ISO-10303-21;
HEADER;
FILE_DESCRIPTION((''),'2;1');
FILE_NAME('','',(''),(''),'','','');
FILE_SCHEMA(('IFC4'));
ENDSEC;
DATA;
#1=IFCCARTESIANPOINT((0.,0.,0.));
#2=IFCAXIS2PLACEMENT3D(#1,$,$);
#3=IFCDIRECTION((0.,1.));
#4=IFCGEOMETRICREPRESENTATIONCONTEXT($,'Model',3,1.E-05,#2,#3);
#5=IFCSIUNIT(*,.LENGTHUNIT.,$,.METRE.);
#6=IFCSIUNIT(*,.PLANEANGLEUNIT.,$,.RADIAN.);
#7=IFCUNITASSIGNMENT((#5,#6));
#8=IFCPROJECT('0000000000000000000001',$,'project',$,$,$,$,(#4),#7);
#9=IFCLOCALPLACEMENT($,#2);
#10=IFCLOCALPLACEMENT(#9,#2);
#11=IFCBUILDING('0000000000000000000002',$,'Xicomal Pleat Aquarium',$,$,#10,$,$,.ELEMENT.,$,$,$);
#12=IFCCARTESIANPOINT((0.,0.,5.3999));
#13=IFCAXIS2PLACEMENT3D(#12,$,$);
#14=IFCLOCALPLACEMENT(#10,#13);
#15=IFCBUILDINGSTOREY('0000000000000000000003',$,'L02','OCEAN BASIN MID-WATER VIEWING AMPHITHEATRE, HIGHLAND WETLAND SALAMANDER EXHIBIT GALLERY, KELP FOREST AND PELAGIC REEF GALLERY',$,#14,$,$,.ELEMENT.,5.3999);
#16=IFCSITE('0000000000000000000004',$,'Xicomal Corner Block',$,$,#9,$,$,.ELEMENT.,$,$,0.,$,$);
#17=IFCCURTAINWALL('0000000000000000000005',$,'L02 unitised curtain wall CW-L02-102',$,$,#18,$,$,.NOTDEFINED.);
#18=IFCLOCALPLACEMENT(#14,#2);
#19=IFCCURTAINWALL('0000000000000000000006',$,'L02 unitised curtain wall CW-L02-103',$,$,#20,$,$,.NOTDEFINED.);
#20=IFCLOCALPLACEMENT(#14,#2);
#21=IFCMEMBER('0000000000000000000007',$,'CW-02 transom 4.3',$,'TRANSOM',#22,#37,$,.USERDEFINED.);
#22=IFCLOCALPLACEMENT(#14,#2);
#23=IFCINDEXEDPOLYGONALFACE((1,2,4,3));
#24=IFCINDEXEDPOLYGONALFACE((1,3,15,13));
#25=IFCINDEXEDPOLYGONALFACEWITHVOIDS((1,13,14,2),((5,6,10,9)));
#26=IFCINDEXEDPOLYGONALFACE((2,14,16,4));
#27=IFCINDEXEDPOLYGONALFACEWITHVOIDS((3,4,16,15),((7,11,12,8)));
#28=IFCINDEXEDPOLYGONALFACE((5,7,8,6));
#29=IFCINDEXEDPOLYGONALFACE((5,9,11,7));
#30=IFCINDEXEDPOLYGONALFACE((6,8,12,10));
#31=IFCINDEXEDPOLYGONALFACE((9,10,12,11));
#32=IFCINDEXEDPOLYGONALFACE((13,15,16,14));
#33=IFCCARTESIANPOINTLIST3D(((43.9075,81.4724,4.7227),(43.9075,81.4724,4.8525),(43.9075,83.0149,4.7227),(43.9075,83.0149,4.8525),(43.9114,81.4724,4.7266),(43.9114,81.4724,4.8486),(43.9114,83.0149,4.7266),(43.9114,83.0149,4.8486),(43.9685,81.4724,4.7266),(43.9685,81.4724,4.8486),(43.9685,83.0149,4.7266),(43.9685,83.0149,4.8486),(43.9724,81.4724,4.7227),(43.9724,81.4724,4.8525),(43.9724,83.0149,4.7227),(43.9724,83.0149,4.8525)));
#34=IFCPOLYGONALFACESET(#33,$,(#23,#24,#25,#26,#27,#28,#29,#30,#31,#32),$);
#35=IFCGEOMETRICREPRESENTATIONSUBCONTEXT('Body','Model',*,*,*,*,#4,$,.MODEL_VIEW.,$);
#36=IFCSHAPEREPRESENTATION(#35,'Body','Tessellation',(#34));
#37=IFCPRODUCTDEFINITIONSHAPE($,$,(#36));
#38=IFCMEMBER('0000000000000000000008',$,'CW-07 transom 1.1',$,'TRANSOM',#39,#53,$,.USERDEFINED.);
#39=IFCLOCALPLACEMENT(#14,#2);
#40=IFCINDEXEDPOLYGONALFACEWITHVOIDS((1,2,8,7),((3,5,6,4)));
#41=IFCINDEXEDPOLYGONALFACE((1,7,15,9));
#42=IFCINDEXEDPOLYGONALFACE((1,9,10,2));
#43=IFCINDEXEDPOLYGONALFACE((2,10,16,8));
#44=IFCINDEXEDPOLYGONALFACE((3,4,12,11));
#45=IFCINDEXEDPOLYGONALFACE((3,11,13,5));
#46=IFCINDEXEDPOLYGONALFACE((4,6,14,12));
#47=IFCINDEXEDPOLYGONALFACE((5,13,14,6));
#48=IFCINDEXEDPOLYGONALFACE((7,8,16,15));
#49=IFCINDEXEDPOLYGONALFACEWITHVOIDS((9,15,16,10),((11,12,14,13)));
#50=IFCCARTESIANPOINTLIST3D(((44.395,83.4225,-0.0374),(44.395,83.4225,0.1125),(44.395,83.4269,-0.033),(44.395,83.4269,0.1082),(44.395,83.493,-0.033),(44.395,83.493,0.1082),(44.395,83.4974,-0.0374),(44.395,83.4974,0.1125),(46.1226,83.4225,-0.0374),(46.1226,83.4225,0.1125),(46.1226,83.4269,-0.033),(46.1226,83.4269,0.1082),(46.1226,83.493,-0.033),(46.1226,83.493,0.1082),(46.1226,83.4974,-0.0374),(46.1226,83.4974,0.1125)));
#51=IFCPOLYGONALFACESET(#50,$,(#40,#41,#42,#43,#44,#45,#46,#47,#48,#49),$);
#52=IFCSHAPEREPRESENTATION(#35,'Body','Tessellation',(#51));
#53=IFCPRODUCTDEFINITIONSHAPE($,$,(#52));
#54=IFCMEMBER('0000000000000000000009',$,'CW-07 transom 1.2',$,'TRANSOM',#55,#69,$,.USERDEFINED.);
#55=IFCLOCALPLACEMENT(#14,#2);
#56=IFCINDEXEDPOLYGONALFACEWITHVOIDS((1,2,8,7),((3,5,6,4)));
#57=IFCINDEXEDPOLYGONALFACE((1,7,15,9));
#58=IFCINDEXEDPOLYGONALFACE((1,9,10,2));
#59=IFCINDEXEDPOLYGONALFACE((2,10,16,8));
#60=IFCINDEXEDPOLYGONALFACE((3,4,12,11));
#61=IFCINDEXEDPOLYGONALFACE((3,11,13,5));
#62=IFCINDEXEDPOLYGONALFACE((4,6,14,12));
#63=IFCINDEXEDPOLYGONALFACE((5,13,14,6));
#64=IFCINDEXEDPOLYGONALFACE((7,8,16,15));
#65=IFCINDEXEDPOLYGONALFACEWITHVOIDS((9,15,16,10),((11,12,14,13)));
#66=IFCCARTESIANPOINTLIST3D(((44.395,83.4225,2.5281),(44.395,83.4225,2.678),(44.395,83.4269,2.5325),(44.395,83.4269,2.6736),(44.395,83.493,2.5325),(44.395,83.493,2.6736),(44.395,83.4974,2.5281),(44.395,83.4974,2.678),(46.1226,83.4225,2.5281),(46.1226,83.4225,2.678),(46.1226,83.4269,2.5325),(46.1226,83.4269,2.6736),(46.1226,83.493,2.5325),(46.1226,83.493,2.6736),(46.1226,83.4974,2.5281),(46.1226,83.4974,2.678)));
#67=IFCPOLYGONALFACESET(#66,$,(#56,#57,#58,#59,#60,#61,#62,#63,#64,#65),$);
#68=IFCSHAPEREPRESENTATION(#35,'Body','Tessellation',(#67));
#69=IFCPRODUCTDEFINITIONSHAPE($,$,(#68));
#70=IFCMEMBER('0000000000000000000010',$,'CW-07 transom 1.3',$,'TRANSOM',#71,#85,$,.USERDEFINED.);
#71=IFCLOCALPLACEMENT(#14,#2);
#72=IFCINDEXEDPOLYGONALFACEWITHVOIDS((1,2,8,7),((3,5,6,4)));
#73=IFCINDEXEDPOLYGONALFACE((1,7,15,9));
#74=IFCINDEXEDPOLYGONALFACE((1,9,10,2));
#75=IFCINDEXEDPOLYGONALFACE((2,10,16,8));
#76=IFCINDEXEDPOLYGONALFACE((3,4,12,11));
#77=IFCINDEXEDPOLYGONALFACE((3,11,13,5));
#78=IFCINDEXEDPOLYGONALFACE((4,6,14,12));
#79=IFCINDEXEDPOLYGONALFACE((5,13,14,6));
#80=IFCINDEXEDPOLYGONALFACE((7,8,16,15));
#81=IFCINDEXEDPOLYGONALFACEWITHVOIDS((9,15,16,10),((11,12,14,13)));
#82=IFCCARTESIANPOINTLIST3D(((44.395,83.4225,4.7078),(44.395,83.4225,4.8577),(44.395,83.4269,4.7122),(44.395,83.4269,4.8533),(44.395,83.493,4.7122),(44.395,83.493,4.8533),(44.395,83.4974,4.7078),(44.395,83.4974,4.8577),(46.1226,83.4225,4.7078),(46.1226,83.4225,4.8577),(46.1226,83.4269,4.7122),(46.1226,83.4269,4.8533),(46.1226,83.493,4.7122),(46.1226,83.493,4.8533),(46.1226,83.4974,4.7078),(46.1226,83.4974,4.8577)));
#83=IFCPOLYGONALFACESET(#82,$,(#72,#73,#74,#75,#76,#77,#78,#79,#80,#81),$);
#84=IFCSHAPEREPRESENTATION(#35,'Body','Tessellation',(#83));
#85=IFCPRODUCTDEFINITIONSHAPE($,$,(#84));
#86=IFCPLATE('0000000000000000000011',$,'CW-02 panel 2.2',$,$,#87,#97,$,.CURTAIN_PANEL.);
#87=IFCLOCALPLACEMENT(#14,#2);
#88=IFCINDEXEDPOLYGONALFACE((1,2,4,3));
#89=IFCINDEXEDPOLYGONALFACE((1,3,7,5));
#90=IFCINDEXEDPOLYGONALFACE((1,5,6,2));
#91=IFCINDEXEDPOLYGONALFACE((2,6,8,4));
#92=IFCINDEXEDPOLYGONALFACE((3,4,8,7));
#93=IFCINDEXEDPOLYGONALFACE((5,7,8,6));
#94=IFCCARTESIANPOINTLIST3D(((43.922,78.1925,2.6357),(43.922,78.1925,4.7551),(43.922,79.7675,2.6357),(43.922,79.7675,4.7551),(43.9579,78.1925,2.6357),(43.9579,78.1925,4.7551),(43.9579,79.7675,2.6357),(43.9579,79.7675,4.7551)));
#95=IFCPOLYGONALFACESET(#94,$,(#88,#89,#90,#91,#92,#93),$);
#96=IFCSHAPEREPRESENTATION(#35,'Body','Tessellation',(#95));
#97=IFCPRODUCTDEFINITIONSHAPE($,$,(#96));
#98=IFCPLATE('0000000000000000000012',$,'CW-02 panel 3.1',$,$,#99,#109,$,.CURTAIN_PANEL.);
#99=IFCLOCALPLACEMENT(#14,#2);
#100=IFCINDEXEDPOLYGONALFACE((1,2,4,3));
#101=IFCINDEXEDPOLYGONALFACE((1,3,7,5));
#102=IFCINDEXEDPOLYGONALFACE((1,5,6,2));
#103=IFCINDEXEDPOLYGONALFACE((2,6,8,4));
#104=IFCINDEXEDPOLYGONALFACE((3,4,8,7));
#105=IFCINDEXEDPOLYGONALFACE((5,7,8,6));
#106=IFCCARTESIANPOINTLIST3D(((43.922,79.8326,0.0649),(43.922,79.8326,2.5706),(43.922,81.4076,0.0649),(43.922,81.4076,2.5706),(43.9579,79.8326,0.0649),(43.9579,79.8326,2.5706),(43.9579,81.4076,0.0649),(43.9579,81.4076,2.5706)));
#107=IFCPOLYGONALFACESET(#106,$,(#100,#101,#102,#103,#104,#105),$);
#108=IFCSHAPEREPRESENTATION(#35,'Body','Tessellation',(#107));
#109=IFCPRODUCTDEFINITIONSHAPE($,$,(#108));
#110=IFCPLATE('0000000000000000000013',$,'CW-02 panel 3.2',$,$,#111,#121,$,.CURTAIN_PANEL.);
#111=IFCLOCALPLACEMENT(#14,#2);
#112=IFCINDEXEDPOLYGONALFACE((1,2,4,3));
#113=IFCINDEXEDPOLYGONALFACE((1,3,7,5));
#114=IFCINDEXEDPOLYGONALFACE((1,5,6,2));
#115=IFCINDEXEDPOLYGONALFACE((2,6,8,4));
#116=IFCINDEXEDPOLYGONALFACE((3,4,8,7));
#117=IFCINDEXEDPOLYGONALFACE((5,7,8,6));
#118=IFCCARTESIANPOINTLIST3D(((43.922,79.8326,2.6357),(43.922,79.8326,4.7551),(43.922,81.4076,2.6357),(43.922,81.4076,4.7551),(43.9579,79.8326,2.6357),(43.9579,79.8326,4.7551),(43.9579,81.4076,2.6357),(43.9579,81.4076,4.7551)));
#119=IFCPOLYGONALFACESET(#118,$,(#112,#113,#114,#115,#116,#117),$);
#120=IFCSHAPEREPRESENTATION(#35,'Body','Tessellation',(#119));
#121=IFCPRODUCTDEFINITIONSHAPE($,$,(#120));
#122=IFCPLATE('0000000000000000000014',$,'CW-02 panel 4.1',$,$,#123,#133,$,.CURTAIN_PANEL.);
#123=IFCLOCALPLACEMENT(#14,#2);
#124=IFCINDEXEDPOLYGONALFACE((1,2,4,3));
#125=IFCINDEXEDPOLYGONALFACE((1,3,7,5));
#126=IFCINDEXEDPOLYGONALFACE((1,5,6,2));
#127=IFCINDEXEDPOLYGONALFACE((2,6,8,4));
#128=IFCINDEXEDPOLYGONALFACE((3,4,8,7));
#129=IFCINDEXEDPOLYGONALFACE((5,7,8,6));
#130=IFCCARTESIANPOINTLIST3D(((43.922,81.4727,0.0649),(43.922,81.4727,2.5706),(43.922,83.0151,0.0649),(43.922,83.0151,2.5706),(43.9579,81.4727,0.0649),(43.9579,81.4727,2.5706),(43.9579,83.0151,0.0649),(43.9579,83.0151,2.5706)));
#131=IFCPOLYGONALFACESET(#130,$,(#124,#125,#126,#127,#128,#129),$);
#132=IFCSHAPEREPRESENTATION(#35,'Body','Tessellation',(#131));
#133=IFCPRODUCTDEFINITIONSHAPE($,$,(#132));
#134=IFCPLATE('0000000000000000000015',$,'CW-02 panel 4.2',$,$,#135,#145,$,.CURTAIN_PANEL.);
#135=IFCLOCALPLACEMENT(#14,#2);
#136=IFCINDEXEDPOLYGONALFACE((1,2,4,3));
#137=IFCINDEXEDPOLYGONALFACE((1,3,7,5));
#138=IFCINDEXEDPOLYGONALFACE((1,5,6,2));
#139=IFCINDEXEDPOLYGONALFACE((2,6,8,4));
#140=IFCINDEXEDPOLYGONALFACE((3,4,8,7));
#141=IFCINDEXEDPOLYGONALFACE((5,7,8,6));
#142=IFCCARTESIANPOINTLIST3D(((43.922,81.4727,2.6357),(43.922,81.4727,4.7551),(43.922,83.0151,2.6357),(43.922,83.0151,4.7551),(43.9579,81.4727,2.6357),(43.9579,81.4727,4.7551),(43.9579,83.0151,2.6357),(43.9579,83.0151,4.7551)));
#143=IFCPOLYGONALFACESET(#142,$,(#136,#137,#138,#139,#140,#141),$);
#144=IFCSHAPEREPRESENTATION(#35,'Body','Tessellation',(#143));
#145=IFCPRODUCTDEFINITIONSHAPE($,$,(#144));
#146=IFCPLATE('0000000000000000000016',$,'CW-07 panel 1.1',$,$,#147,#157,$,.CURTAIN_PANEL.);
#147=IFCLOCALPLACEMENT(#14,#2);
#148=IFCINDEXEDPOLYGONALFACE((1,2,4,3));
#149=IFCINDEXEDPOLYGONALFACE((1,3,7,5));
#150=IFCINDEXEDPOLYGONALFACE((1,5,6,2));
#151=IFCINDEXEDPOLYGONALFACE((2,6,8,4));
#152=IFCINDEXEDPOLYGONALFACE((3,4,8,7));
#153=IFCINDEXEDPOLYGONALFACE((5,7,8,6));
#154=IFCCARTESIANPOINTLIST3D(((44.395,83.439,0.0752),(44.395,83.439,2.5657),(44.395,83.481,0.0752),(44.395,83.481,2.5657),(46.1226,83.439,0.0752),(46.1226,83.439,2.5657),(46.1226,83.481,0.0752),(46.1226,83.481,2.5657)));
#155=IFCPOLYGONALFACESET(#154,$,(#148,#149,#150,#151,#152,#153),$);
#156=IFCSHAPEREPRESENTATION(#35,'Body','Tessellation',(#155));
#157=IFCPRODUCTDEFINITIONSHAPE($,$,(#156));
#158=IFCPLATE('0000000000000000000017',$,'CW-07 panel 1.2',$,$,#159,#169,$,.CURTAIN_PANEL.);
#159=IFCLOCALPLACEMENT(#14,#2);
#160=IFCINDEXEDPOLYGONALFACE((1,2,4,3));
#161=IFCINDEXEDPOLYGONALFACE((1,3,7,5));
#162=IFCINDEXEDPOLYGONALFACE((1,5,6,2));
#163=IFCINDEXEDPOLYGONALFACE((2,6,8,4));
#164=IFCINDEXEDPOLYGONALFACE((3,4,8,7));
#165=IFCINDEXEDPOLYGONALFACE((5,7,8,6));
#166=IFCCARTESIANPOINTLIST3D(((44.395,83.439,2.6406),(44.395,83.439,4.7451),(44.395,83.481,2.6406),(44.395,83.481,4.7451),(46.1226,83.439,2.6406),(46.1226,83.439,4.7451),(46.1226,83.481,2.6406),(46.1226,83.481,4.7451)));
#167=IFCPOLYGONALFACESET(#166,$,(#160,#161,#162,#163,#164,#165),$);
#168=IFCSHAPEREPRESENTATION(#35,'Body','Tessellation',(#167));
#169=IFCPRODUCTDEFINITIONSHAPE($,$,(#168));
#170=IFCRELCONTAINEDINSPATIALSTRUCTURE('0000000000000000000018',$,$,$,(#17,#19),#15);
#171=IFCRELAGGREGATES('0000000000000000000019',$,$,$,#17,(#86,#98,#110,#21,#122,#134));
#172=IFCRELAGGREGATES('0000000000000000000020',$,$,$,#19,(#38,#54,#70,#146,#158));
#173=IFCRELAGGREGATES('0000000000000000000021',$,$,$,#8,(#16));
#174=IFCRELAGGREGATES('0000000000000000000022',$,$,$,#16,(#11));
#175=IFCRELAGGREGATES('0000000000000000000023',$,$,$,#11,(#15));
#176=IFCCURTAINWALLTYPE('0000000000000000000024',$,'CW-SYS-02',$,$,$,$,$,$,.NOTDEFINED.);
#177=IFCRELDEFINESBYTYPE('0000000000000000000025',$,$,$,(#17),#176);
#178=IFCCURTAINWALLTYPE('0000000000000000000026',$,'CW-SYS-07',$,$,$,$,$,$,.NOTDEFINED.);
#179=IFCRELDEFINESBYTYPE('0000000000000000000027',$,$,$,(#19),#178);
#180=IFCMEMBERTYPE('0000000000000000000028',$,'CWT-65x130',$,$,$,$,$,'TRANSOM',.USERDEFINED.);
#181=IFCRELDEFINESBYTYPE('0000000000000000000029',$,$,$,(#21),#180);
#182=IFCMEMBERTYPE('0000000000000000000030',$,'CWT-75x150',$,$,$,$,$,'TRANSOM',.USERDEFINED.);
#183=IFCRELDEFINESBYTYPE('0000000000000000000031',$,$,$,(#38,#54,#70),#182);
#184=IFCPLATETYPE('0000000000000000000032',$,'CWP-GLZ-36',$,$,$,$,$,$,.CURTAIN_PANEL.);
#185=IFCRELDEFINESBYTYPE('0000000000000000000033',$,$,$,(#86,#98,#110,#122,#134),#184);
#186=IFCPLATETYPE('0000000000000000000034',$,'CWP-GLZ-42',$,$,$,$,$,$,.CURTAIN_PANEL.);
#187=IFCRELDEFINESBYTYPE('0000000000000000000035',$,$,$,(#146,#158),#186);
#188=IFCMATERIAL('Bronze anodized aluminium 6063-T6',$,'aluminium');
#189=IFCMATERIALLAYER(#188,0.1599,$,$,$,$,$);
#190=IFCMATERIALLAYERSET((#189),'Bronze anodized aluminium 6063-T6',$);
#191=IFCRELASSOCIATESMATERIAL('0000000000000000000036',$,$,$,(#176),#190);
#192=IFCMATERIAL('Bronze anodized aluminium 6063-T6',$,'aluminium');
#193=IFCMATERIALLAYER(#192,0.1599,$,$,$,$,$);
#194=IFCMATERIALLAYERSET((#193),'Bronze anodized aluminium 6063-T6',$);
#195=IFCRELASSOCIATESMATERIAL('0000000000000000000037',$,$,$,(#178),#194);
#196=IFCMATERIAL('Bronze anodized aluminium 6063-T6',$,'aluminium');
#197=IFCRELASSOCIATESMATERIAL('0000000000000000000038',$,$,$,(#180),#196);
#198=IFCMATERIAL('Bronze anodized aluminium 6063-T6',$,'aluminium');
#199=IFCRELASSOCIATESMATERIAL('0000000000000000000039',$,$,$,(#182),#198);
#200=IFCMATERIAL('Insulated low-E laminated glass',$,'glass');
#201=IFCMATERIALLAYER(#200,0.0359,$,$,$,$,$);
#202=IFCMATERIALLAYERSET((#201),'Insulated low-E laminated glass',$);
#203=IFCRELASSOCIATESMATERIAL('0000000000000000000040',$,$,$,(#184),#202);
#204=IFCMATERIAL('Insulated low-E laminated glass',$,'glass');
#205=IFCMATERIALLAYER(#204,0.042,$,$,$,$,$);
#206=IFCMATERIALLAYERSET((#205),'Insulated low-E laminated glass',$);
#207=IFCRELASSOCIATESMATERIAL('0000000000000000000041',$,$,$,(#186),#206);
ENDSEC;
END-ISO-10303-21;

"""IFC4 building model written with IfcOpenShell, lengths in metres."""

from ifc_helpers import new_model, si_unit, direction, frame, origin, origin_2d, place, context, subcontext, project, spatial, rectangle, hollow_rectangle, extrude, material, layer, layer_set, material_profile, profile_set, type_object, element, aggregate, save


model = new_model("IFC4")

# Units and contexts
model_context = context("Model", 3, precision=1e-05, world=origin(), true_north=direction((0.0, 1.0)))
body_context = subcontext(model_context, "Body", "Model", "MODEL_VIEW")
ifc_project = project(units=[si_unit("LENGTHUNIT", "METRE"), si_unit("PLANEANGLEUNIT", "RADIAN")], contexts=[model_context])

# Site, building, storey
site_placement = place(None, origin())
site = spatial("IfcSite", under=ifc_project, at=site_placement, Name="Xicomal Corner Block", CompositionType="ELEMENT", RefElevation=0.0)
building_placement = place(site_placement, origin())
building = spatial("IfcBuilding", under=site, at=building_placement, Name="Xicomal Pleat Aquarium", CompositionType="ELEMENT")
storey_placement = place(building_placement, frame((0.0, 0.0, 5.3999)))
storey = spatial("IfcBuildingStorey", under=building, at=storey_placement, Name="L02", Description="OCEAN BASIN MID-WATER VIEWING AMPHITHEATRE, HIGHLAND WETLAND SALAMANDER EXHIBIT GALLERY, KELP FOREST AND PELAGIC REEF GALLERY", CompositionType="ELEMENT", Elevation=5.3999)

# Curtain wall
ifc_material_1 = material(Name="Bronze anodized aluminium 6063-T6", Category="aluminium")
ifc_layer_1 = layer(ifc_material_1, 0.1599)
ifc_layer_set_1 = layer_set([ifc_layer_1], Name="Bronze anodized aluminium 6063-T6")
curtain_wall_type_1 = type_object("IfcCurtainWallType", Name="CW-SYS-02", PredefinedType="NOTDEFINED", material=ifc_layer_set_1)
curtain_wall_1_placement = place(storey_placement, origin())
curtain_wall_1 = element("IfcCurtainWall", 1, at=curtain_wall_1_placement, inside=storey, type_object=curtain_wall_type_1, Name="L02 unitised curtain wall CW-L02-102", PredefinedType="NOTDEFINED")

# Curtain wall
ifc_material_2 = material(Name="Bronze anodized aluminium 6063-T6", Category="aluminium")
ifc_layer_2 = layer(ifc_material_2, 0.1599)
ifc_layer_set_2 = layer_set([ifc_layer_2], Name="Bronze anodized aluminium 6063-T6")
curtain_wall_type_2 = type_object("IfcCurtainWallType", Name="CW-SYS-07", PredefinedType="NOTDEFINED", material=ifc_layer_set_2)
curtain_wall_2_placement = place(storey_placement, origin())
curtain_wall_2 = element("IfcCurtainWall", 2, at=curtain_wall_2_placement, inside=storey, type_object=curtain_wall_type_2, Name="L02 unitised curtain wall CW-L02-103", PredefinedType="NOTDEFINED")

# Members
ifc_material_3 = material(Name="Bronze anodized aluminium 6063-T6", Category="aluminium")
ifc_material_profile_1 = material_profile(ifc_material_3, hollow_rectangle(XDim=0.0649, YDim=0.1299, WallThickness=0.0039, at=origin_2d()), Name="ALU TRAN 65x130")
ifc_profile_set_1 = profile_set([ifc_material_profile_1], Name="Bronze anodized aluminium 6063-T6")
member_type_1 = type_object("IfcMemberType", Name="CWT-65x130", ElementType="TRANSOM", PredefinedType="USERDEFINED", material=ifc_profile_set_1)
member_1_placement = place(storey_placement, frame((43.9399, 81.4724, 4.7876), z_axis=(0.0, 1.0, 0.0), x_axis=(-1.0, 0.0, 0.0)))
member_1 = element("IfcMember", 3, at=member_1_placement, type_object=member_type_1, Name="CW-02 transom 4.3", ObjectType="TRANSOM", PredefinedType="USERDEFINED", context=body_context, shape_type="SweptSolid", body=[
    extrude(hollow_rectangle(XDim=0.0649, YDim=0.1299, WallThickness=0.0039, at=origin_2d()), origin(), (0.0, 0.0, 1.0), 1.5425),
])
ifc_material_4 = material(Name="Bronze anodized aluminium 6063-T6", Category="aluminium")
ifc_material_profile_2 = material_profile(ifc_material_4, hollow_rectangle(XDim=0.075, YDim=0.1499, WallThickness=0.0044, at=origin_2d()), Name="ALU TRAN 75x150")
ifc_profile_set_2 = profile_set([ifc_material_profile_2], Name="Bronze anodized aluminium 6063-T6")
member_type_2 = type_object("IfcMemberType", Name="CWT-75x150", ElementType="TRANSOM", PredefinedType="USERDEFINED", material=ifc_profile_set_2)
member_2_placement = place(storey_placement, frame((44.395, 83.46, 0.0376), z_axis=(1.0, 0.0, 0.0), x_axis=(0.0, 1.0, 0.0)))
member_2 = element("IfcMember", 4, at=member_2_placement, type_object=member_type_2, Name="CW-07 transom 1.1", ObjectType="TRANSOM", PredefinedType="USERDEFINED", context=body_context, shape_type="SweptSolid", body=[
    extrude(hollow_rectangle(XDim=0.075, YDim=0.1499, WallThickness=0.0044, at=origin_2d()), origin(), (0.0, 0.0, 1.0), 1.7275),
])
member_3_placement = place(storey_placement, frame((44.395, 83.46, 2.603), z_axis=(1.0, 0.0, 0.0), x_axis=(0.0, 1.0, 0.0)))
member_3 = element("IfcMember", 5, at=member_3_placement, type_object=member_type_2, Name="CW-07 transom 1.2", ObjectType="TRANSOM", PredefinedType="USERDEFINED", context=body_context, shape_type="SweptSolid", body=[
    extrude(hollow_rectangle(XDim=0.075, YDim=0.1499, WallThickness=0.0044, at=origin_2d()), origin(), (0.0, 0.0, 1.0), 1.7275),
])
member_4_placement = place(storey_placement, frame((44.395, 83.46, 4.7827), z_axis=(1.0, 0.0, 0.0), x_axis=(0.0, 1.0, 0.0)))
member_4 = element("IfcMember", 6, at=member_4_placement, type_object=member_type_2, Name="CW-07 transom 1.3", ObjectType="TRANSOM", PredefinedType="USERDEFINED", context=body_context, shape_type="SweptSolid", body=[
    extrude(hollow_rectangle(XDim=0.075, YDim=0.1499, WallThickness=0.0044, at=origin_2d()), origin(), (0.0, 0.0, 1.0), 1.7275),
])

# Plates
ifc_material_5 = material(Name="Insulated low-E laminated glass", Category="glass")
ifc_layer_3 = layer(ifc_material_5, 0.0359)
ifc_layer_set_3 = layer_set([ifc_layer_3], Name="Insulated low-E laminated glass")
plate_type_1 = type_object("IfcPlateType", Name="CWP-GLZ-36", PredefinedType="CURTAIN_PANEL", material=ifc_layer_set_3)
plate_1_placement = place(storey_placement, frame((43.9399, 78.98, 2.6357), z_axis=(0.0, 0.0, 1.0), x_axis=(0.0, 1.0, 0.0)))
plate_1 = element("IfcPlate", 7, at=plate_1_placement, type_object=plate_type_1, Name="CW-02 panel 2.2", PredefinedType="CURTAIN_PANEL", context=body_context, shape_type="SweptSolid", body=[
    extrude(rectangle(XDim=1.575, YDim=0.0359, at=origin_2d()), origin(), (0.0, 0.0, 1.0), 2.1194),
])
plate_2_placement = place(storey_placement, frame((43.9399, 80.6201, 0.0649), z_axis=(0.0, 0.0, 1.0), x_axis=(0.0, 1.0, 0.0)))
plate_2 = element("IfcPlate", 8, at=plate_2_placement, type_object=plate_type_1, Name="CW-02 panel 3.1", PredefinedType="CURTAIN_PANEL", context=body_context, shape_type="SweptSolid", body=[
    extrude(rectangle(XDim=1.575, YDim=0.0359, at=origin_2d()), origin(), (0.0, 0.0, 1.0), 2.5056),
])
plate_3_placement = place(storey_placement, frame((43.9399, 80.6201, 2.6357), z_axis=(0.0, 0.0, 1.0), x_axis=(0.0, 1.0, 0.0)))
plate_3 = element("IfcPlate", 9, at=plate_3_placement, type_object=plate_type_1, Name="CW-02 panel 3.2", PredefinedType="CURTAIN_PANEL", context=body_context, shape_type="SweptSolid", body=[
    extrude(rectangle(XDim=1.575, YDim=0.0359, at=origin_2d()), origin(), (0.0, 0.0, 1.0), 2.1194),
])
plate_4_placement = place(storey_placement, frame((43.9399, 82.2439, 0.0649), z_axis=(0.0, 0.0, 1.0), x_axis=(0.0, 1.0, 0.0)))
plate_4 = element("IfcPlate", 10, at=plate_4_placement, type_object=plate_type_1, Name="CW-02 panel 4.1", PredefinedType="CURTAIN_PANEL", context=body_context, shape_type="SweptSolid", body=[
    extrude(rectangle(XDim=1.5425, YDim=0.0359, at=origin_2d()), origin(), (0.0, 0.0, 1.0), 2.5056),
])
plate_5_placement = place(storey_placement, frame((43.9399, 82.2439, 2.6357), z_axis=(0.0, 0.0, 1.0), x_axis=(0.0, 1.0, 0.0)))
plate_5 = element("IfcPlate", 11, at=plate_5_placement, type_object=plate_type_1, Name="CW-02 panel 4.2", PredefinedType="CURTAIN_PANEL", context=body_context, shape_type="SweptSolid", body=[
    extrude(rectangle(XDim=1.5425, YDim=0.0359, at=origin_2d()), origin(), (0.0, 0.0, 1.0), 2.1194),
])
aggregate(curtain_wall_1, [plate_1, plate_2, plate_3, member_1, plate_4, plate_5])
ifc_material_6 = material(Name="Insulated low-E laminated glass", Category="glass")
ifc_layer_4 = layer(ifc_material_6, 0.042)
ifc_layer_set_4 = layer_set([ifc_layer_4], Name="Insulated low-E laminated glass")
plate_type_2 = type_object("IfcPlateType", Name="CWP-GLZ-42", PredefinedType="CURTAIN_PANEL", material=ifc_layer_set_4)
plate_6_placement = place(storey_placement, frame((45.2588, 83.46, 0.0752), z_axis=(0.0, 0.0, 1.0), x_axis=(1.0, 0.0, 0.0)))
plate_6 = element("IfcPlate", 12, at=plate_6_placement, type_object=plate_type_2, Name="CW-07 panel 1.1", PredefinedType="CURTAIN_PANEL", context=body_context, shape_type="SweptSolid", body=[
    extrude(rectangle(XDim=1.7275, YDim=0.042, at=origin_2d()), origin(), (0.0, 0.0, 1.0), 2.4905),
])
plate_7_placement = place(storey_placement, frame((45.2588, 83.46, 2.6406), z_axis=(0.0, 0.0, 1.0), x_axis=(1.0, 0.0, 0.0)))
plate_7 = element("IfcPlate", 13, at=plate_7_placement, type_object=plate_type_2, Name="CW-07 panel 1.2", PredefinedType="CURTAIN_PANEL", context=body_context, shape_type="SweptSolid", body=[
    extrude(rectangle(XDim=1.7275, YDim=0.042, at=origin_2d()), origin(), (0.0, 0.0, 1.0), 2.1045),
])
aggregate(curtain_wall_2, [member_2, member_3, member_4, plate_6, plate_7])

save(model, "model.ifc")
